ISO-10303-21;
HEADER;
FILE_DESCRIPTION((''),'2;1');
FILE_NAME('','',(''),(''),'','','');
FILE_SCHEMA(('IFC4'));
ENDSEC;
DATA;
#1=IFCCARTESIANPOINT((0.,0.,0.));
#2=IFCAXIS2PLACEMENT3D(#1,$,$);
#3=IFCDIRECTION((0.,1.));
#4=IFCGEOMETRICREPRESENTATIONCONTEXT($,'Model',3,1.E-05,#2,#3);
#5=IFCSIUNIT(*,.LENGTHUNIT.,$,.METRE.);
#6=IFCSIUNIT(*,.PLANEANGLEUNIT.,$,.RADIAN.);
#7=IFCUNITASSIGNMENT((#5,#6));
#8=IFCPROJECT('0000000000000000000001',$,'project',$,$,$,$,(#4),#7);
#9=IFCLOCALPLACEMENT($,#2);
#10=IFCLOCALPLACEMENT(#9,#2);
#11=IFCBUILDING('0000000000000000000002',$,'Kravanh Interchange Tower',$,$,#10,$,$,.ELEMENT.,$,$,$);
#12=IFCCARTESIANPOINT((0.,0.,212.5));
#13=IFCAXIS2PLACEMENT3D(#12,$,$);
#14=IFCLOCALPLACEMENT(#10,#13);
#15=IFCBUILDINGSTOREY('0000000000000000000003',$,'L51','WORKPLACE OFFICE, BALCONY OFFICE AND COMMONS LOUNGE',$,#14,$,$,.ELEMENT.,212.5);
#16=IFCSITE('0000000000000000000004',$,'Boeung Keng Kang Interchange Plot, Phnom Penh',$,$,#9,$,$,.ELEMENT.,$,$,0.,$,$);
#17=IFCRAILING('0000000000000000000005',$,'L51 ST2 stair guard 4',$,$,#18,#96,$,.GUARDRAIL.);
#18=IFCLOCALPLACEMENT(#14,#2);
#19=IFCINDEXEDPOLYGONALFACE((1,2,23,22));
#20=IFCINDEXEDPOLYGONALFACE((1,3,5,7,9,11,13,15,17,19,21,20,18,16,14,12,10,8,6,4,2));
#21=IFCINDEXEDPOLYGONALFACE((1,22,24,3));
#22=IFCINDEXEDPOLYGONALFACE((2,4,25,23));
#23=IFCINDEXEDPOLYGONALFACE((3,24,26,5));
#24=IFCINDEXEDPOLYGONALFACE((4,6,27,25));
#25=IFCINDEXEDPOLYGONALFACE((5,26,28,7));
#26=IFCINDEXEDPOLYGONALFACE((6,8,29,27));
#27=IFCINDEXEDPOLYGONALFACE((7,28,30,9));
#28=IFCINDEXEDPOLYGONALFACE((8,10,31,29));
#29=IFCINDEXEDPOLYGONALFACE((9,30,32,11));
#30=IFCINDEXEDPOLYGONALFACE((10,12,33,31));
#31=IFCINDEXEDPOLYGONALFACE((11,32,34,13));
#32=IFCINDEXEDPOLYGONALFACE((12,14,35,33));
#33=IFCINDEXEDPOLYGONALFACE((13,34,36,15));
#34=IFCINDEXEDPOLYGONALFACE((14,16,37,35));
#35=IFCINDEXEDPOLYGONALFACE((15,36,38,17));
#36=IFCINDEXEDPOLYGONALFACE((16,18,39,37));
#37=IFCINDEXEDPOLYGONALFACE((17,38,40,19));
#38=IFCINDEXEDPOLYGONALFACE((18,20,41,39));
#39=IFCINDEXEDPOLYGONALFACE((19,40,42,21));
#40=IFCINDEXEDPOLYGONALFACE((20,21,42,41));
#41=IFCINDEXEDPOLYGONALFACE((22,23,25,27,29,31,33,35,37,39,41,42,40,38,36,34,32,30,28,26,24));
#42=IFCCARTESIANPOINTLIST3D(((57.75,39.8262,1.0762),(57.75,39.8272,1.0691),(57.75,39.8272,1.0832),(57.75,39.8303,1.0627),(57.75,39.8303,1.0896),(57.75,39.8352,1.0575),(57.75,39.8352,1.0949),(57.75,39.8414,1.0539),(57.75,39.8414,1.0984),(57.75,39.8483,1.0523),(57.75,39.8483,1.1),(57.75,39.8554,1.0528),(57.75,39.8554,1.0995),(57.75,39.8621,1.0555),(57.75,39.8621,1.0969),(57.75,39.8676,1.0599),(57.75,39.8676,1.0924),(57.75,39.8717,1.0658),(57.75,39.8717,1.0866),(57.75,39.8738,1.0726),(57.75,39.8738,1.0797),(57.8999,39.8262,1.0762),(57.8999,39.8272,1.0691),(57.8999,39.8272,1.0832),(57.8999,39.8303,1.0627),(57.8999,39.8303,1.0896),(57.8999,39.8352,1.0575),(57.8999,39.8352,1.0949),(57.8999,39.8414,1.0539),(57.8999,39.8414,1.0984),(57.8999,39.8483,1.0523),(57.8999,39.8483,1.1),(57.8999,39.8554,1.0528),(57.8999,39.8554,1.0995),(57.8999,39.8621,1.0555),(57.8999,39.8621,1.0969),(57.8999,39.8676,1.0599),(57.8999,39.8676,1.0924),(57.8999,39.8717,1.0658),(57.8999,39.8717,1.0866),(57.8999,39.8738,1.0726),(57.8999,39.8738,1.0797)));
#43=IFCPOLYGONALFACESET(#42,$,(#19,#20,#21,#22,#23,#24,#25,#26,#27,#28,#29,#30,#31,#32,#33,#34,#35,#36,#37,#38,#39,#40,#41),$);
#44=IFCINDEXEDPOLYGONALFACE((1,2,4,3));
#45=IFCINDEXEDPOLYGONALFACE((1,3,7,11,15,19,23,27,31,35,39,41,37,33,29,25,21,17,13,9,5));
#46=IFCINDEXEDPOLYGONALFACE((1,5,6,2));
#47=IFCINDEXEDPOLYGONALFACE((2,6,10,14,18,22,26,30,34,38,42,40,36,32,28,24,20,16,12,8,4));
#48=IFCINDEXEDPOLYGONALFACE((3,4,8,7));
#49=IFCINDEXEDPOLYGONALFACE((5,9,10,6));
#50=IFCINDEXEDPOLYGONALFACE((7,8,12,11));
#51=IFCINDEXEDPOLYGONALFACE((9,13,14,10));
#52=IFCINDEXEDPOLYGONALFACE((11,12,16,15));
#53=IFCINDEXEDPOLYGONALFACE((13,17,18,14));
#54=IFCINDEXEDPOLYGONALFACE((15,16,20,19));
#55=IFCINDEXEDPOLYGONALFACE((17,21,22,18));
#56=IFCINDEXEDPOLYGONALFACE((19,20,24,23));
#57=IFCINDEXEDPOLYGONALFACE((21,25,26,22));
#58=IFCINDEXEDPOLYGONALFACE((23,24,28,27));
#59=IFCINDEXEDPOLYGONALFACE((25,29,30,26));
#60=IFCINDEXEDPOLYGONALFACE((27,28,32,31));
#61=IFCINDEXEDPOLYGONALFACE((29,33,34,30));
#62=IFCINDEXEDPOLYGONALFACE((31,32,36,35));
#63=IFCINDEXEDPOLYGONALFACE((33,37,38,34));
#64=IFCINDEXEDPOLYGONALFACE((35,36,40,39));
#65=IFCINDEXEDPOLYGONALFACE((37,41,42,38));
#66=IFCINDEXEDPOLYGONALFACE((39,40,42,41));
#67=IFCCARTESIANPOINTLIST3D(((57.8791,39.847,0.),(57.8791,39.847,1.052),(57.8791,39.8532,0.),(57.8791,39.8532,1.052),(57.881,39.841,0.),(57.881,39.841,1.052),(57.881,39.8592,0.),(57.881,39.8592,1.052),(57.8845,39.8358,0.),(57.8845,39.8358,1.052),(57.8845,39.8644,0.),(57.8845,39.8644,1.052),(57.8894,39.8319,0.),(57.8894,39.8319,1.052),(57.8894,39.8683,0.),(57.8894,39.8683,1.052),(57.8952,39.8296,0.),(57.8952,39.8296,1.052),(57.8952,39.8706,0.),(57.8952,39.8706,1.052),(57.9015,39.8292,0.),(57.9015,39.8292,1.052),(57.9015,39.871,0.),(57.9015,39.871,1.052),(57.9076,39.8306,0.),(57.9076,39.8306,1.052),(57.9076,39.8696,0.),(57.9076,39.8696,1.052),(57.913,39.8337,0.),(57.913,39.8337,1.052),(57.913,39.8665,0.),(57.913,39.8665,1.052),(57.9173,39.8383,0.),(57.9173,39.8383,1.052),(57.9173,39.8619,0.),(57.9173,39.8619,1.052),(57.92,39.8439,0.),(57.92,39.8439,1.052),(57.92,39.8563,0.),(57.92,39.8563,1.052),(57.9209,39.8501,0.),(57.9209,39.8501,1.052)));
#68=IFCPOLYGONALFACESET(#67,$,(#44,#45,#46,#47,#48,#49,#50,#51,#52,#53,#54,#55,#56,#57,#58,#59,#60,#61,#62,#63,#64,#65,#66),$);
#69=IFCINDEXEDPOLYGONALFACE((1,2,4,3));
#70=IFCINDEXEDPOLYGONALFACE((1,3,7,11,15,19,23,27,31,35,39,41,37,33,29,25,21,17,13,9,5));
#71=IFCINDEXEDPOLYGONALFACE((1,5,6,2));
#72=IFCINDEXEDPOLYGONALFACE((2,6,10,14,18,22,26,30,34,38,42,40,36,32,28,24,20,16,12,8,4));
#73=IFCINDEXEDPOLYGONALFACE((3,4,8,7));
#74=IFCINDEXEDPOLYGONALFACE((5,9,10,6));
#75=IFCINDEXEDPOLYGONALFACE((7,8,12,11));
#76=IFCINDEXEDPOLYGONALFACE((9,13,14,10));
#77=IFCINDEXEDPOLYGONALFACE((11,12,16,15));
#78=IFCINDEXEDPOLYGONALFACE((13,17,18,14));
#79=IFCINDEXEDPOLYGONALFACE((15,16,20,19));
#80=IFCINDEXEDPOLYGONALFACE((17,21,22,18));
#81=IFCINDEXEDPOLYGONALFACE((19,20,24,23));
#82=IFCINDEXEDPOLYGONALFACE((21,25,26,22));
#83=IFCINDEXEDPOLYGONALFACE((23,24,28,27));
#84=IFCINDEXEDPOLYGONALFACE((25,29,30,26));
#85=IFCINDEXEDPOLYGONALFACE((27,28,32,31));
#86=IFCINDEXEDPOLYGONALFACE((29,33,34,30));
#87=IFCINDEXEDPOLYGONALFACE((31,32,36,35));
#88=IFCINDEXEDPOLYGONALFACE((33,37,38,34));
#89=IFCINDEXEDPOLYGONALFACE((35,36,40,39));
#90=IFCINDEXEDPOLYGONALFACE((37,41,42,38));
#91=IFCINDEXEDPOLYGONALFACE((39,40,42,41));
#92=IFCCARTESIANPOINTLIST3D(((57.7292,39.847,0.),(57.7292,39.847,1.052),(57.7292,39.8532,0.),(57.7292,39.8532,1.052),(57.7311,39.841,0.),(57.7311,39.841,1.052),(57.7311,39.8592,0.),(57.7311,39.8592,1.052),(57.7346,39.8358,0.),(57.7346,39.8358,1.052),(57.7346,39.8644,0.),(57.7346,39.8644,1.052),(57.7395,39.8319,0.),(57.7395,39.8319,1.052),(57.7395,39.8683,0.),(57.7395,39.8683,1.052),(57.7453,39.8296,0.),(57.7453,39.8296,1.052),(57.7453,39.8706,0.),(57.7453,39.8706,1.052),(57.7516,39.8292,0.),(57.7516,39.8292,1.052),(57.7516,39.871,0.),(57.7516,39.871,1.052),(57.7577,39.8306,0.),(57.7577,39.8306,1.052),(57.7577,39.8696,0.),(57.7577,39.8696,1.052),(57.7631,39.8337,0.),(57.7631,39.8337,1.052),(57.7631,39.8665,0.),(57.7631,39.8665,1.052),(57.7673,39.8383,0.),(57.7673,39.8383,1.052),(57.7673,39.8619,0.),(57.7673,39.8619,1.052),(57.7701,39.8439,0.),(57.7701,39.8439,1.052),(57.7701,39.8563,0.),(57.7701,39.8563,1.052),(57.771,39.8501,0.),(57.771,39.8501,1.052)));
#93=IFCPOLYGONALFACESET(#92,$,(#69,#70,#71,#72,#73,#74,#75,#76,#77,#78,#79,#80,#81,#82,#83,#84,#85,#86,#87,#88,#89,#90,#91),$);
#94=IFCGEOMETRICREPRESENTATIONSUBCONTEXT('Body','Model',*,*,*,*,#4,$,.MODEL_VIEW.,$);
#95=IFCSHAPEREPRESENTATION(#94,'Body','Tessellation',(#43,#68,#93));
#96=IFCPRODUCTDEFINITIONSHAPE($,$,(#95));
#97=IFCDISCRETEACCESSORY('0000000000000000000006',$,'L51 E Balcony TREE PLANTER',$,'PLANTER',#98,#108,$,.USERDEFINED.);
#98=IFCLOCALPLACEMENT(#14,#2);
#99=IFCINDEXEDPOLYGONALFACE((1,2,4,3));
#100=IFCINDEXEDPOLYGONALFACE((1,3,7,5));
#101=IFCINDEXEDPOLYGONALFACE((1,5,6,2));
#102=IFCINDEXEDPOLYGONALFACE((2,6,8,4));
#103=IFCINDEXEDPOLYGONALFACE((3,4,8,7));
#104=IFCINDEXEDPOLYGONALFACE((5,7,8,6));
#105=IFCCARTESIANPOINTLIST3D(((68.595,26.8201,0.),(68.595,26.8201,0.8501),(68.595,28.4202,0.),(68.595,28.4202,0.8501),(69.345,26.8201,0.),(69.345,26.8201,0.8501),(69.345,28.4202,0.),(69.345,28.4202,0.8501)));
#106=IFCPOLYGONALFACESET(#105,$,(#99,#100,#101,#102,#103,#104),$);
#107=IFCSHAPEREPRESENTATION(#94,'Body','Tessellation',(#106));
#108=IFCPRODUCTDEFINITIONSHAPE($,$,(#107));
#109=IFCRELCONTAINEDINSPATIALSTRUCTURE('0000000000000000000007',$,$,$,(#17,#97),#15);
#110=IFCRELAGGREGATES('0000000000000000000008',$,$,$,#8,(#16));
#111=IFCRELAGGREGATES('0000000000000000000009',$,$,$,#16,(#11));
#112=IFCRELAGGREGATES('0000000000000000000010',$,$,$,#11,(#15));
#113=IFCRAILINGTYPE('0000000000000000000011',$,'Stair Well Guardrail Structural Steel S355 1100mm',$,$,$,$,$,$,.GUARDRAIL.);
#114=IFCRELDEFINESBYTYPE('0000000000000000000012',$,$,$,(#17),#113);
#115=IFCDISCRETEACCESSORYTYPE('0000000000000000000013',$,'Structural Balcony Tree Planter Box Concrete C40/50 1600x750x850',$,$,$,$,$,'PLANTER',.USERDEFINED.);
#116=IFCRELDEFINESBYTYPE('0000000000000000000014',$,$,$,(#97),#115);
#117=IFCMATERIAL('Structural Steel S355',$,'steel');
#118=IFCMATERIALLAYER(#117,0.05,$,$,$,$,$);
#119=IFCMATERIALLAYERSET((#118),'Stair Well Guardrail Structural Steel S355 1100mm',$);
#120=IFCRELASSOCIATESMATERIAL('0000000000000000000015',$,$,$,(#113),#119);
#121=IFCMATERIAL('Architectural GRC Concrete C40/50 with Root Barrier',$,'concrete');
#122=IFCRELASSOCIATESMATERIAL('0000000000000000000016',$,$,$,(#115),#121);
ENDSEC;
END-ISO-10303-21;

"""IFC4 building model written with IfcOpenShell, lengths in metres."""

from ifc_helpers import new_model, si_unit, direction, frame, origin, origin_2d, place, context, subcontext, project, spatial, rectangle, circle, extrude, material, layer, layer_set, type_object, element, save


model = new_model("IFC4")

# Units and contexts
model_context = context("Model", 3, precision=1e-05, world=origin(), true_north=direction((0.0, 1.0)))
body_context = subcontext(model_context, "Body", "Model", "MODEL_VIEW")
ifc_project = project(units=[si_unit("LENGTHUNIT", "METRE"), si_unit("PLANEANGLEUNIT", "RADIAN")], contexts=[model_context])

# Site, building, storey
site_placement = place(None, origin())
site = spatial("IfcSite", under=ifc_project, at=site_placement, Name="Boeung Keng Kang Interchange Plot, Phnom Penh", CompositionType="ELEMENT", RefElevation=0.0)
building_placement = place(site_placement, origin())
building = spatial("IfcBuilding", under=site, at=building_placement, Name="Kravanh Interchange Tower", CompositionType="ELEMENT")
storey_placement = place(building_placement, frame((0.0, 0.0, 212.5)))
storey = spatial("IfcBuildingStorey", under=building, at=storey_placement, Name="L51", Description="WORKPLACE OFFICE, BALCONY OFFICE AND COMMONS LOUNGE", CompositionType="ELEMENT", Elevation=212.5)

# Railing
ifc_material_1 = material(Name="Structural Steel S355", Category="steel")
ifc_layer_1 = layer(ifc_material_1, 0.05)
ifc_layer_set_1 = layer_set([ifc_layer_1], Name="Stair Well Guardrail Structural Steel S355 1100mm")
railing_type_1 = type_object("IfcRailingType", Name="Stair Well Guardrail Structural Steel S355 1100mm", PredefinedType="GUARDRAIL", material=ifc_layer_set_1)
for number, where, name in (
    (1, (57.8999, 39.8501, 0.0), "L51 ST2 stair guard 4"),
):
    element("IfcRailing", number, at=place(storey_placement, frame(where)), inside=storey, type_object=railing_type_1, Name=name, PredefinedType="GUARDRAIL", context=body_context, shape_type="SweptSolid", body=[
        extrude(circle(Radius=0.0239, at=origin_2d()), frame((0.0, 0.0, 1.0762), z_axis=(-1.0, 0.0, 0.0), x_axis=(0.0, -1.0, 0.0)), (0.0, 0.0, 1.0), 0.1499),
        extrude(circle(Radius=0.021, at=origin_2d()), origin(), (0.0, 0.0, 1.0), 1.052),
        extrude(circle(Radius=0.021, at=origin_2d()), frame((-0.1499, 0.0, 0.0)), (0.0, 0.0, 1.0), 1.052),
    ])

# Discrete accessory
ifc_material_2 = material(Name="Architectural GRC Concrete C40/50 with Root Barrier", Category="concrete")
discrete_accessory_type = type_object("IfcDiscreteAccessoryType", Name="Structural Balcony Tree Planter Box Concrete C40/50 1600x750x850", ElementType="PLANTER", PredefinedType="USERDEFINED", material=ifc_material_2)
discrete_accessory_placement = place(storey_placement, frame((68.97, 27.6201, 0.0), z_axis=(0.0, 0.0, 1.0), x_axis=(1.0, 0.0, 0.0)))
element("IfcDiscreteAccessory", 2, at=discrete_accessory_placement, inside=storey, type_object=discrete_accessory_type, Name="L51 E Balcony TREE PLANTER", ObjectType="PLANTER", PredefinedType="USERDEFINED", context=body_context, shape_type="SweptSolid", body=[
    extrude(rectangle(XDim=0.75, YDim=1.6001, at=origin_2d()), origin(), (0.0, 0.0, 1.0), 0.8501),
])

save(model, "model.ifc")
